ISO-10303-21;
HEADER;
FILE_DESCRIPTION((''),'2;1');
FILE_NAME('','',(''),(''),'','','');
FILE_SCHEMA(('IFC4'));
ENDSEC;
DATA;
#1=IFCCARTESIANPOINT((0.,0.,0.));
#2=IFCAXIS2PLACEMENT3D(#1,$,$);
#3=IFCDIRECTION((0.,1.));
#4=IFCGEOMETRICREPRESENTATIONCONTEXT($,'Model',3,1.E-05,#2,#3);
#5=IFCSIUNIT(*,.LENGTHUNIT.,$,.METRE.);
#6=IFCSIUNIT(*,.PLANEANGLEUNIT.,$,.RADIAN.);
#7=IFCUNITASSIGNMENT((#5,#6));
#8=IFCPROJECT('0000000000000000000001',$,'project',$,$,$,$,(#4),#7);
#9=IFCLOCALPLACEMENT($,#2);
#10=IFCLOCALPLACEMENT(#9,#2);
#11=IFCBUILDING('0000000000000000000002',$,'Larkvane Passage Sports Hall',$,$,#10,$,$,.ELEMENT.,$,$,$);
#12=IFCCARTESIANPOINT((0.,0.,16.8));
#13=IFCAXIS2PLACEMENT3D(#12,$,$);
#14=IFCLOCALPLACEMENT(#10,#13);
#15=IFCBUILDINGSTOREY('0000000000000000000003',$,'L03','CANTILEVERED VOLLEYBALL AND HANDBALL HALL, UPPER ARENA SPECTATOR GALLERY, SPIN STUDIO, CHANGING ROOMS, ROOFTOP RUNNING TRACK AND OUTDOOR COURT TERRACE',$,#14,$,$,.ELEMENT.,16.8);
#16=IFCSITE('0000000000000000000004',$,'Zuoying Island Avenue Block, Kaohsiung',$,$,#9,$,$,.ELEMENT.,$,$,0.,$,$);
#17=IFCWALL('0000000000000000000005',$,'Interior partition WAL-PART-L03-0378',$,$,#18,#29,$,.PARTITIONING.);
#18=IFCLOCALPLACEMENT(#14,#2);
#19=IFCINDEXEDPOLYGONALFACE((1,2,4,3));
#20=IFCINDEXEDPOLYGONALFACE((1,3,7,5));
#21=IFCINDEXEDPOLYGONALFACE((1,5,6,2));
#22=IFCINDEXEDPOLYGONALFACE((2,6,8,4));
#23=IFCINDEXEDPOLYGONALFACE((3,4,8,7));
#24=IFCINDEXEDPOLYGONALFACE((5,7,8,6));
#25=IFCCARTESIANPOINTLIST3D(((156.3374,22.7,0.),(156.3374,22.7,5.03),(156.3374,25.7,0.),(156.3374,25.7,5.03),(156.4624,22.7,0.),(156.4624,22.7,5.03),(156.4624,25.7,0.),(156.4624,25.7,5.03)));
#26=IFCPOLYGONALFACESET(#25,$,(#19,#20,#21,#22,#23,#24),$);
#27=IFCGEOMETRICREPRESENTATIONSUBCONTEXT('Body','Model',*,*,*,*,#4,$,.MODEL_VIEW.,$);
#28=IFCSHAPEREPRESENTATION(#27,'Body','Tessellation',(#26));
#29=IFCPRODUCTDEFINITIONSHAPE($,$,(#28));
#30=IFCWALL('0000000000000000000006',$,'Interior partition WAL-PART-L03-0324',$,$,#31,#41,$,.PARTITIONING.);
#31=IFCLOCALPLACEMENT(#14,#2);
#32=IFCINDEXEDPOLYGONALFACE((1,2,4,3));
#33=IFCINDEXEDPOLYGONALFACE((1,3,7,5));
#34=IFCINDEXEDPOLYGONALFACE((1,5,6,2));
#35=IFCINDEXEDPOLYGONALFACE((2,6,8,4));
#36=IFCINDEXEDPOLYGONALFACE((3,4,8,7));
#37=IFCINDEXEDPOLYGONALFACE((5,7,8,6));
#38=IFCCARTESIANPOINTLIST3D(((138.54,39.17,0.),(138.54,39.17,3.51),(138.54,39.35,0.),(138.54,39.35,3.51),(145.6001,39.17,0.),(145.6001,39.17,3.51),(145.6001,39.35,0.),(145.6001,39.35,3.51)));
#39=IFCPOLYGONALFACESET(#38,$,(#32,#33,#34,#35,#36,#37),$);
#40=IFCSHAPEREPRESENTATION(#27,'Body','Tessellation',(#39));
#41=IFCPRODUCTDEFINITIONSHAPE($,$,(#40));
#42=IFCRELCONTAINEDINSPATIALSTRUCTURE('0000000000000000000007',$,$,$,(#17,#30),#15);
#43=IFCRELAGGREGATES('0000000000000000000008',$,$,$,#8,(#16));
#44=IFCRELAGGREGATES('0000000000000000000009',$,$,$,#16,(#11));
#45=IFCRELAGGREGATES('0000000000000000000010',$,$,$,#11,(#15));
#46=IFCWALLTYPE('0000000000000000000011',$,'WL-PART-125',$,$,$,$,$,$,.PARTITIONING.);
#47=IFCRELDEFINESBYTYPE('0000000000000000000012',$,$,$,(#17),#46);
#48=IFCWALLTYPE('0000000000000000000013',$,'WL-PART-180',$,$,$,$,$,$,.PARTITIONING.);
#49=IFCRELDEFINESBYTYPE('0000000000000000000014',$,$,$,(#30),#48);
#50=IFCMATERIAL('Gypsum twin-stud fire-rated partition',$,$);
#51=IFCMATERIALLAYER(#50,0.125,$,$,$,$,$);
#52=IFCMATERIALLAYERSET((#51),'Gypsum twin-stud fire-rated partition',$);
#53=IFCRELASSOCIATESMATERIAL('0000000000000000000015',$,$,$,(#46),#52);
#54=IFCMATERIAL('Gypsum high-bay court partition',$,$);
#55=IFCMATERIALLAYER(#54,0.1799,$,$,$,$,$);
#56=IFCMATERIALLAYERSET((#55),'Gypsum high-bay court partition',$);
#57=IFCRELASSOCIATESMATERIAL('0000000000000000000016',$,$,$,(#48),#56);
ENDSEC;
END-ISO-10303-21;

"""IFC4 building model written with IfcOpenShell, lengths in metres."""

from ifc_helpers import new_model, si_unit, direction, frame, frame_2d, origin, place, context, subcontext, project, spatial, rectangle, extrude, material, layer, layer_set, type_object, element, save


model = new_model("IFC4")

# Units and contexts
model_context = context("Model", 3, precision=1e-05, world=origin(), true_north=direction((0.0, 1.0)))
body_context = subcontext(model_context, "Body", "Model", "MODEL_VIEW")
ifc_project = project(units=[si_unit("LENGTHUNIT", "METRE"), si_unit("PLANEANGLEUNIT", "RADIAN")], contexts=[model_context])

# Site, building, storey
site_placement = place(None, origin())
site = spatial("IfcSite", under=ifc_project, at=site_placement, Name="Zuoying Island Avenue Block, Kaohsiung", CompositionType="ELEMENT", RefElevation=0.0)
building_placement = place(site_placement, origin())
building = spatial("IfcBuilding", under=site, at=building_placement, Name="Larkvane Passage Sports Hall", CompositionType="ELEMENT")
storey_placement = place(building_placement, frame((0.0, 0.0, 16.8)))
storey = spatial("IfcBuildingStorey", under=building, at=storey_placement, Name="L03", Description="CANTILEVERED VOLLEYBALL AND HANDBALL HALL, UPPER ARENA SPECTATOR GALLERY, SPIN STUDIO, CHANGING ROOMS, ROOFTOP RUNNING TRACK AND OUTDOOR COURT TERRACE", CompositionType="ELEMENT", Elevation=16.8)

# Shared definitions
ifc_material_1 = material(Name="Gypsum twin-stud fire-rated partition")
ifc_layer_1 = layer(ifc_material_1, 0.125)
ifc_layer_set_1 = layer_set([ifc_layer_1], Name="Gypsum twin-stud fire-rated partition")
wall_type_1 = type_object("IfcWallType", Name="WL-PART-125", PredefinedType="PARTITIONING", material=ifc_layer_set_1)

# Walls
wall_1_placement = place(storey_placement, frame((156.3999, 25.7, 0.0), z_axis=(0.0, 0.0, 1.0), x_axis=(0.0, -1.0, 0.0)))
element("IfcWall", 1, at=wall_1_placement, inside=storey, type_object=wall_type_1, Name="Interior partition WAL-PART-L03-0378", PredefinedType="PARTITIONING", context=body_context, shape_type="SweptSolid", body=[
    extrude(rectangle(XDim=3.0, YDim=0.125, at=frame_2d((1.5, 0.0))), origin(), (0.0, 0.0, 1.0), 5.03),
])
ifc_material_2 = material(Name="Gypsum high-bay court partition")
ifc_layer_2 = layer(ifc_material_2, 0.1799)
ifc_layer_set_2 = layer_set([ifc_layer_2], Name="Gypsum high-bay court partition")
wall_type_2 = type_object("IfcWallType", Name="WL-PART-180", PredefinedType="PARTITIONING", material=ifc_layer_set_2)
wall_2_placement = place(storey_placement, frame((138.54, 39.26, 0.0), z_axis=(0.0, 0.0, 1.0), x_axis=(1.0, 0.0, 0.0)))
element("IfcWall", 2, at=wall_2_placement, inside=storey, type_object=wall_type_2, Name="Interior partition WAL-PART-L03-0324", PredefinedType="PARTITIONING", context=body_context, shape_type="SweptSolid", body=[
    extrude(rectangle(XDim=7.0601, YDim=0.1799, at=frame_2d((3.53, 0.0))), origin(), (0.0, 0.0, 1.0), 3.51),
])

save(model, "model.ifc")
